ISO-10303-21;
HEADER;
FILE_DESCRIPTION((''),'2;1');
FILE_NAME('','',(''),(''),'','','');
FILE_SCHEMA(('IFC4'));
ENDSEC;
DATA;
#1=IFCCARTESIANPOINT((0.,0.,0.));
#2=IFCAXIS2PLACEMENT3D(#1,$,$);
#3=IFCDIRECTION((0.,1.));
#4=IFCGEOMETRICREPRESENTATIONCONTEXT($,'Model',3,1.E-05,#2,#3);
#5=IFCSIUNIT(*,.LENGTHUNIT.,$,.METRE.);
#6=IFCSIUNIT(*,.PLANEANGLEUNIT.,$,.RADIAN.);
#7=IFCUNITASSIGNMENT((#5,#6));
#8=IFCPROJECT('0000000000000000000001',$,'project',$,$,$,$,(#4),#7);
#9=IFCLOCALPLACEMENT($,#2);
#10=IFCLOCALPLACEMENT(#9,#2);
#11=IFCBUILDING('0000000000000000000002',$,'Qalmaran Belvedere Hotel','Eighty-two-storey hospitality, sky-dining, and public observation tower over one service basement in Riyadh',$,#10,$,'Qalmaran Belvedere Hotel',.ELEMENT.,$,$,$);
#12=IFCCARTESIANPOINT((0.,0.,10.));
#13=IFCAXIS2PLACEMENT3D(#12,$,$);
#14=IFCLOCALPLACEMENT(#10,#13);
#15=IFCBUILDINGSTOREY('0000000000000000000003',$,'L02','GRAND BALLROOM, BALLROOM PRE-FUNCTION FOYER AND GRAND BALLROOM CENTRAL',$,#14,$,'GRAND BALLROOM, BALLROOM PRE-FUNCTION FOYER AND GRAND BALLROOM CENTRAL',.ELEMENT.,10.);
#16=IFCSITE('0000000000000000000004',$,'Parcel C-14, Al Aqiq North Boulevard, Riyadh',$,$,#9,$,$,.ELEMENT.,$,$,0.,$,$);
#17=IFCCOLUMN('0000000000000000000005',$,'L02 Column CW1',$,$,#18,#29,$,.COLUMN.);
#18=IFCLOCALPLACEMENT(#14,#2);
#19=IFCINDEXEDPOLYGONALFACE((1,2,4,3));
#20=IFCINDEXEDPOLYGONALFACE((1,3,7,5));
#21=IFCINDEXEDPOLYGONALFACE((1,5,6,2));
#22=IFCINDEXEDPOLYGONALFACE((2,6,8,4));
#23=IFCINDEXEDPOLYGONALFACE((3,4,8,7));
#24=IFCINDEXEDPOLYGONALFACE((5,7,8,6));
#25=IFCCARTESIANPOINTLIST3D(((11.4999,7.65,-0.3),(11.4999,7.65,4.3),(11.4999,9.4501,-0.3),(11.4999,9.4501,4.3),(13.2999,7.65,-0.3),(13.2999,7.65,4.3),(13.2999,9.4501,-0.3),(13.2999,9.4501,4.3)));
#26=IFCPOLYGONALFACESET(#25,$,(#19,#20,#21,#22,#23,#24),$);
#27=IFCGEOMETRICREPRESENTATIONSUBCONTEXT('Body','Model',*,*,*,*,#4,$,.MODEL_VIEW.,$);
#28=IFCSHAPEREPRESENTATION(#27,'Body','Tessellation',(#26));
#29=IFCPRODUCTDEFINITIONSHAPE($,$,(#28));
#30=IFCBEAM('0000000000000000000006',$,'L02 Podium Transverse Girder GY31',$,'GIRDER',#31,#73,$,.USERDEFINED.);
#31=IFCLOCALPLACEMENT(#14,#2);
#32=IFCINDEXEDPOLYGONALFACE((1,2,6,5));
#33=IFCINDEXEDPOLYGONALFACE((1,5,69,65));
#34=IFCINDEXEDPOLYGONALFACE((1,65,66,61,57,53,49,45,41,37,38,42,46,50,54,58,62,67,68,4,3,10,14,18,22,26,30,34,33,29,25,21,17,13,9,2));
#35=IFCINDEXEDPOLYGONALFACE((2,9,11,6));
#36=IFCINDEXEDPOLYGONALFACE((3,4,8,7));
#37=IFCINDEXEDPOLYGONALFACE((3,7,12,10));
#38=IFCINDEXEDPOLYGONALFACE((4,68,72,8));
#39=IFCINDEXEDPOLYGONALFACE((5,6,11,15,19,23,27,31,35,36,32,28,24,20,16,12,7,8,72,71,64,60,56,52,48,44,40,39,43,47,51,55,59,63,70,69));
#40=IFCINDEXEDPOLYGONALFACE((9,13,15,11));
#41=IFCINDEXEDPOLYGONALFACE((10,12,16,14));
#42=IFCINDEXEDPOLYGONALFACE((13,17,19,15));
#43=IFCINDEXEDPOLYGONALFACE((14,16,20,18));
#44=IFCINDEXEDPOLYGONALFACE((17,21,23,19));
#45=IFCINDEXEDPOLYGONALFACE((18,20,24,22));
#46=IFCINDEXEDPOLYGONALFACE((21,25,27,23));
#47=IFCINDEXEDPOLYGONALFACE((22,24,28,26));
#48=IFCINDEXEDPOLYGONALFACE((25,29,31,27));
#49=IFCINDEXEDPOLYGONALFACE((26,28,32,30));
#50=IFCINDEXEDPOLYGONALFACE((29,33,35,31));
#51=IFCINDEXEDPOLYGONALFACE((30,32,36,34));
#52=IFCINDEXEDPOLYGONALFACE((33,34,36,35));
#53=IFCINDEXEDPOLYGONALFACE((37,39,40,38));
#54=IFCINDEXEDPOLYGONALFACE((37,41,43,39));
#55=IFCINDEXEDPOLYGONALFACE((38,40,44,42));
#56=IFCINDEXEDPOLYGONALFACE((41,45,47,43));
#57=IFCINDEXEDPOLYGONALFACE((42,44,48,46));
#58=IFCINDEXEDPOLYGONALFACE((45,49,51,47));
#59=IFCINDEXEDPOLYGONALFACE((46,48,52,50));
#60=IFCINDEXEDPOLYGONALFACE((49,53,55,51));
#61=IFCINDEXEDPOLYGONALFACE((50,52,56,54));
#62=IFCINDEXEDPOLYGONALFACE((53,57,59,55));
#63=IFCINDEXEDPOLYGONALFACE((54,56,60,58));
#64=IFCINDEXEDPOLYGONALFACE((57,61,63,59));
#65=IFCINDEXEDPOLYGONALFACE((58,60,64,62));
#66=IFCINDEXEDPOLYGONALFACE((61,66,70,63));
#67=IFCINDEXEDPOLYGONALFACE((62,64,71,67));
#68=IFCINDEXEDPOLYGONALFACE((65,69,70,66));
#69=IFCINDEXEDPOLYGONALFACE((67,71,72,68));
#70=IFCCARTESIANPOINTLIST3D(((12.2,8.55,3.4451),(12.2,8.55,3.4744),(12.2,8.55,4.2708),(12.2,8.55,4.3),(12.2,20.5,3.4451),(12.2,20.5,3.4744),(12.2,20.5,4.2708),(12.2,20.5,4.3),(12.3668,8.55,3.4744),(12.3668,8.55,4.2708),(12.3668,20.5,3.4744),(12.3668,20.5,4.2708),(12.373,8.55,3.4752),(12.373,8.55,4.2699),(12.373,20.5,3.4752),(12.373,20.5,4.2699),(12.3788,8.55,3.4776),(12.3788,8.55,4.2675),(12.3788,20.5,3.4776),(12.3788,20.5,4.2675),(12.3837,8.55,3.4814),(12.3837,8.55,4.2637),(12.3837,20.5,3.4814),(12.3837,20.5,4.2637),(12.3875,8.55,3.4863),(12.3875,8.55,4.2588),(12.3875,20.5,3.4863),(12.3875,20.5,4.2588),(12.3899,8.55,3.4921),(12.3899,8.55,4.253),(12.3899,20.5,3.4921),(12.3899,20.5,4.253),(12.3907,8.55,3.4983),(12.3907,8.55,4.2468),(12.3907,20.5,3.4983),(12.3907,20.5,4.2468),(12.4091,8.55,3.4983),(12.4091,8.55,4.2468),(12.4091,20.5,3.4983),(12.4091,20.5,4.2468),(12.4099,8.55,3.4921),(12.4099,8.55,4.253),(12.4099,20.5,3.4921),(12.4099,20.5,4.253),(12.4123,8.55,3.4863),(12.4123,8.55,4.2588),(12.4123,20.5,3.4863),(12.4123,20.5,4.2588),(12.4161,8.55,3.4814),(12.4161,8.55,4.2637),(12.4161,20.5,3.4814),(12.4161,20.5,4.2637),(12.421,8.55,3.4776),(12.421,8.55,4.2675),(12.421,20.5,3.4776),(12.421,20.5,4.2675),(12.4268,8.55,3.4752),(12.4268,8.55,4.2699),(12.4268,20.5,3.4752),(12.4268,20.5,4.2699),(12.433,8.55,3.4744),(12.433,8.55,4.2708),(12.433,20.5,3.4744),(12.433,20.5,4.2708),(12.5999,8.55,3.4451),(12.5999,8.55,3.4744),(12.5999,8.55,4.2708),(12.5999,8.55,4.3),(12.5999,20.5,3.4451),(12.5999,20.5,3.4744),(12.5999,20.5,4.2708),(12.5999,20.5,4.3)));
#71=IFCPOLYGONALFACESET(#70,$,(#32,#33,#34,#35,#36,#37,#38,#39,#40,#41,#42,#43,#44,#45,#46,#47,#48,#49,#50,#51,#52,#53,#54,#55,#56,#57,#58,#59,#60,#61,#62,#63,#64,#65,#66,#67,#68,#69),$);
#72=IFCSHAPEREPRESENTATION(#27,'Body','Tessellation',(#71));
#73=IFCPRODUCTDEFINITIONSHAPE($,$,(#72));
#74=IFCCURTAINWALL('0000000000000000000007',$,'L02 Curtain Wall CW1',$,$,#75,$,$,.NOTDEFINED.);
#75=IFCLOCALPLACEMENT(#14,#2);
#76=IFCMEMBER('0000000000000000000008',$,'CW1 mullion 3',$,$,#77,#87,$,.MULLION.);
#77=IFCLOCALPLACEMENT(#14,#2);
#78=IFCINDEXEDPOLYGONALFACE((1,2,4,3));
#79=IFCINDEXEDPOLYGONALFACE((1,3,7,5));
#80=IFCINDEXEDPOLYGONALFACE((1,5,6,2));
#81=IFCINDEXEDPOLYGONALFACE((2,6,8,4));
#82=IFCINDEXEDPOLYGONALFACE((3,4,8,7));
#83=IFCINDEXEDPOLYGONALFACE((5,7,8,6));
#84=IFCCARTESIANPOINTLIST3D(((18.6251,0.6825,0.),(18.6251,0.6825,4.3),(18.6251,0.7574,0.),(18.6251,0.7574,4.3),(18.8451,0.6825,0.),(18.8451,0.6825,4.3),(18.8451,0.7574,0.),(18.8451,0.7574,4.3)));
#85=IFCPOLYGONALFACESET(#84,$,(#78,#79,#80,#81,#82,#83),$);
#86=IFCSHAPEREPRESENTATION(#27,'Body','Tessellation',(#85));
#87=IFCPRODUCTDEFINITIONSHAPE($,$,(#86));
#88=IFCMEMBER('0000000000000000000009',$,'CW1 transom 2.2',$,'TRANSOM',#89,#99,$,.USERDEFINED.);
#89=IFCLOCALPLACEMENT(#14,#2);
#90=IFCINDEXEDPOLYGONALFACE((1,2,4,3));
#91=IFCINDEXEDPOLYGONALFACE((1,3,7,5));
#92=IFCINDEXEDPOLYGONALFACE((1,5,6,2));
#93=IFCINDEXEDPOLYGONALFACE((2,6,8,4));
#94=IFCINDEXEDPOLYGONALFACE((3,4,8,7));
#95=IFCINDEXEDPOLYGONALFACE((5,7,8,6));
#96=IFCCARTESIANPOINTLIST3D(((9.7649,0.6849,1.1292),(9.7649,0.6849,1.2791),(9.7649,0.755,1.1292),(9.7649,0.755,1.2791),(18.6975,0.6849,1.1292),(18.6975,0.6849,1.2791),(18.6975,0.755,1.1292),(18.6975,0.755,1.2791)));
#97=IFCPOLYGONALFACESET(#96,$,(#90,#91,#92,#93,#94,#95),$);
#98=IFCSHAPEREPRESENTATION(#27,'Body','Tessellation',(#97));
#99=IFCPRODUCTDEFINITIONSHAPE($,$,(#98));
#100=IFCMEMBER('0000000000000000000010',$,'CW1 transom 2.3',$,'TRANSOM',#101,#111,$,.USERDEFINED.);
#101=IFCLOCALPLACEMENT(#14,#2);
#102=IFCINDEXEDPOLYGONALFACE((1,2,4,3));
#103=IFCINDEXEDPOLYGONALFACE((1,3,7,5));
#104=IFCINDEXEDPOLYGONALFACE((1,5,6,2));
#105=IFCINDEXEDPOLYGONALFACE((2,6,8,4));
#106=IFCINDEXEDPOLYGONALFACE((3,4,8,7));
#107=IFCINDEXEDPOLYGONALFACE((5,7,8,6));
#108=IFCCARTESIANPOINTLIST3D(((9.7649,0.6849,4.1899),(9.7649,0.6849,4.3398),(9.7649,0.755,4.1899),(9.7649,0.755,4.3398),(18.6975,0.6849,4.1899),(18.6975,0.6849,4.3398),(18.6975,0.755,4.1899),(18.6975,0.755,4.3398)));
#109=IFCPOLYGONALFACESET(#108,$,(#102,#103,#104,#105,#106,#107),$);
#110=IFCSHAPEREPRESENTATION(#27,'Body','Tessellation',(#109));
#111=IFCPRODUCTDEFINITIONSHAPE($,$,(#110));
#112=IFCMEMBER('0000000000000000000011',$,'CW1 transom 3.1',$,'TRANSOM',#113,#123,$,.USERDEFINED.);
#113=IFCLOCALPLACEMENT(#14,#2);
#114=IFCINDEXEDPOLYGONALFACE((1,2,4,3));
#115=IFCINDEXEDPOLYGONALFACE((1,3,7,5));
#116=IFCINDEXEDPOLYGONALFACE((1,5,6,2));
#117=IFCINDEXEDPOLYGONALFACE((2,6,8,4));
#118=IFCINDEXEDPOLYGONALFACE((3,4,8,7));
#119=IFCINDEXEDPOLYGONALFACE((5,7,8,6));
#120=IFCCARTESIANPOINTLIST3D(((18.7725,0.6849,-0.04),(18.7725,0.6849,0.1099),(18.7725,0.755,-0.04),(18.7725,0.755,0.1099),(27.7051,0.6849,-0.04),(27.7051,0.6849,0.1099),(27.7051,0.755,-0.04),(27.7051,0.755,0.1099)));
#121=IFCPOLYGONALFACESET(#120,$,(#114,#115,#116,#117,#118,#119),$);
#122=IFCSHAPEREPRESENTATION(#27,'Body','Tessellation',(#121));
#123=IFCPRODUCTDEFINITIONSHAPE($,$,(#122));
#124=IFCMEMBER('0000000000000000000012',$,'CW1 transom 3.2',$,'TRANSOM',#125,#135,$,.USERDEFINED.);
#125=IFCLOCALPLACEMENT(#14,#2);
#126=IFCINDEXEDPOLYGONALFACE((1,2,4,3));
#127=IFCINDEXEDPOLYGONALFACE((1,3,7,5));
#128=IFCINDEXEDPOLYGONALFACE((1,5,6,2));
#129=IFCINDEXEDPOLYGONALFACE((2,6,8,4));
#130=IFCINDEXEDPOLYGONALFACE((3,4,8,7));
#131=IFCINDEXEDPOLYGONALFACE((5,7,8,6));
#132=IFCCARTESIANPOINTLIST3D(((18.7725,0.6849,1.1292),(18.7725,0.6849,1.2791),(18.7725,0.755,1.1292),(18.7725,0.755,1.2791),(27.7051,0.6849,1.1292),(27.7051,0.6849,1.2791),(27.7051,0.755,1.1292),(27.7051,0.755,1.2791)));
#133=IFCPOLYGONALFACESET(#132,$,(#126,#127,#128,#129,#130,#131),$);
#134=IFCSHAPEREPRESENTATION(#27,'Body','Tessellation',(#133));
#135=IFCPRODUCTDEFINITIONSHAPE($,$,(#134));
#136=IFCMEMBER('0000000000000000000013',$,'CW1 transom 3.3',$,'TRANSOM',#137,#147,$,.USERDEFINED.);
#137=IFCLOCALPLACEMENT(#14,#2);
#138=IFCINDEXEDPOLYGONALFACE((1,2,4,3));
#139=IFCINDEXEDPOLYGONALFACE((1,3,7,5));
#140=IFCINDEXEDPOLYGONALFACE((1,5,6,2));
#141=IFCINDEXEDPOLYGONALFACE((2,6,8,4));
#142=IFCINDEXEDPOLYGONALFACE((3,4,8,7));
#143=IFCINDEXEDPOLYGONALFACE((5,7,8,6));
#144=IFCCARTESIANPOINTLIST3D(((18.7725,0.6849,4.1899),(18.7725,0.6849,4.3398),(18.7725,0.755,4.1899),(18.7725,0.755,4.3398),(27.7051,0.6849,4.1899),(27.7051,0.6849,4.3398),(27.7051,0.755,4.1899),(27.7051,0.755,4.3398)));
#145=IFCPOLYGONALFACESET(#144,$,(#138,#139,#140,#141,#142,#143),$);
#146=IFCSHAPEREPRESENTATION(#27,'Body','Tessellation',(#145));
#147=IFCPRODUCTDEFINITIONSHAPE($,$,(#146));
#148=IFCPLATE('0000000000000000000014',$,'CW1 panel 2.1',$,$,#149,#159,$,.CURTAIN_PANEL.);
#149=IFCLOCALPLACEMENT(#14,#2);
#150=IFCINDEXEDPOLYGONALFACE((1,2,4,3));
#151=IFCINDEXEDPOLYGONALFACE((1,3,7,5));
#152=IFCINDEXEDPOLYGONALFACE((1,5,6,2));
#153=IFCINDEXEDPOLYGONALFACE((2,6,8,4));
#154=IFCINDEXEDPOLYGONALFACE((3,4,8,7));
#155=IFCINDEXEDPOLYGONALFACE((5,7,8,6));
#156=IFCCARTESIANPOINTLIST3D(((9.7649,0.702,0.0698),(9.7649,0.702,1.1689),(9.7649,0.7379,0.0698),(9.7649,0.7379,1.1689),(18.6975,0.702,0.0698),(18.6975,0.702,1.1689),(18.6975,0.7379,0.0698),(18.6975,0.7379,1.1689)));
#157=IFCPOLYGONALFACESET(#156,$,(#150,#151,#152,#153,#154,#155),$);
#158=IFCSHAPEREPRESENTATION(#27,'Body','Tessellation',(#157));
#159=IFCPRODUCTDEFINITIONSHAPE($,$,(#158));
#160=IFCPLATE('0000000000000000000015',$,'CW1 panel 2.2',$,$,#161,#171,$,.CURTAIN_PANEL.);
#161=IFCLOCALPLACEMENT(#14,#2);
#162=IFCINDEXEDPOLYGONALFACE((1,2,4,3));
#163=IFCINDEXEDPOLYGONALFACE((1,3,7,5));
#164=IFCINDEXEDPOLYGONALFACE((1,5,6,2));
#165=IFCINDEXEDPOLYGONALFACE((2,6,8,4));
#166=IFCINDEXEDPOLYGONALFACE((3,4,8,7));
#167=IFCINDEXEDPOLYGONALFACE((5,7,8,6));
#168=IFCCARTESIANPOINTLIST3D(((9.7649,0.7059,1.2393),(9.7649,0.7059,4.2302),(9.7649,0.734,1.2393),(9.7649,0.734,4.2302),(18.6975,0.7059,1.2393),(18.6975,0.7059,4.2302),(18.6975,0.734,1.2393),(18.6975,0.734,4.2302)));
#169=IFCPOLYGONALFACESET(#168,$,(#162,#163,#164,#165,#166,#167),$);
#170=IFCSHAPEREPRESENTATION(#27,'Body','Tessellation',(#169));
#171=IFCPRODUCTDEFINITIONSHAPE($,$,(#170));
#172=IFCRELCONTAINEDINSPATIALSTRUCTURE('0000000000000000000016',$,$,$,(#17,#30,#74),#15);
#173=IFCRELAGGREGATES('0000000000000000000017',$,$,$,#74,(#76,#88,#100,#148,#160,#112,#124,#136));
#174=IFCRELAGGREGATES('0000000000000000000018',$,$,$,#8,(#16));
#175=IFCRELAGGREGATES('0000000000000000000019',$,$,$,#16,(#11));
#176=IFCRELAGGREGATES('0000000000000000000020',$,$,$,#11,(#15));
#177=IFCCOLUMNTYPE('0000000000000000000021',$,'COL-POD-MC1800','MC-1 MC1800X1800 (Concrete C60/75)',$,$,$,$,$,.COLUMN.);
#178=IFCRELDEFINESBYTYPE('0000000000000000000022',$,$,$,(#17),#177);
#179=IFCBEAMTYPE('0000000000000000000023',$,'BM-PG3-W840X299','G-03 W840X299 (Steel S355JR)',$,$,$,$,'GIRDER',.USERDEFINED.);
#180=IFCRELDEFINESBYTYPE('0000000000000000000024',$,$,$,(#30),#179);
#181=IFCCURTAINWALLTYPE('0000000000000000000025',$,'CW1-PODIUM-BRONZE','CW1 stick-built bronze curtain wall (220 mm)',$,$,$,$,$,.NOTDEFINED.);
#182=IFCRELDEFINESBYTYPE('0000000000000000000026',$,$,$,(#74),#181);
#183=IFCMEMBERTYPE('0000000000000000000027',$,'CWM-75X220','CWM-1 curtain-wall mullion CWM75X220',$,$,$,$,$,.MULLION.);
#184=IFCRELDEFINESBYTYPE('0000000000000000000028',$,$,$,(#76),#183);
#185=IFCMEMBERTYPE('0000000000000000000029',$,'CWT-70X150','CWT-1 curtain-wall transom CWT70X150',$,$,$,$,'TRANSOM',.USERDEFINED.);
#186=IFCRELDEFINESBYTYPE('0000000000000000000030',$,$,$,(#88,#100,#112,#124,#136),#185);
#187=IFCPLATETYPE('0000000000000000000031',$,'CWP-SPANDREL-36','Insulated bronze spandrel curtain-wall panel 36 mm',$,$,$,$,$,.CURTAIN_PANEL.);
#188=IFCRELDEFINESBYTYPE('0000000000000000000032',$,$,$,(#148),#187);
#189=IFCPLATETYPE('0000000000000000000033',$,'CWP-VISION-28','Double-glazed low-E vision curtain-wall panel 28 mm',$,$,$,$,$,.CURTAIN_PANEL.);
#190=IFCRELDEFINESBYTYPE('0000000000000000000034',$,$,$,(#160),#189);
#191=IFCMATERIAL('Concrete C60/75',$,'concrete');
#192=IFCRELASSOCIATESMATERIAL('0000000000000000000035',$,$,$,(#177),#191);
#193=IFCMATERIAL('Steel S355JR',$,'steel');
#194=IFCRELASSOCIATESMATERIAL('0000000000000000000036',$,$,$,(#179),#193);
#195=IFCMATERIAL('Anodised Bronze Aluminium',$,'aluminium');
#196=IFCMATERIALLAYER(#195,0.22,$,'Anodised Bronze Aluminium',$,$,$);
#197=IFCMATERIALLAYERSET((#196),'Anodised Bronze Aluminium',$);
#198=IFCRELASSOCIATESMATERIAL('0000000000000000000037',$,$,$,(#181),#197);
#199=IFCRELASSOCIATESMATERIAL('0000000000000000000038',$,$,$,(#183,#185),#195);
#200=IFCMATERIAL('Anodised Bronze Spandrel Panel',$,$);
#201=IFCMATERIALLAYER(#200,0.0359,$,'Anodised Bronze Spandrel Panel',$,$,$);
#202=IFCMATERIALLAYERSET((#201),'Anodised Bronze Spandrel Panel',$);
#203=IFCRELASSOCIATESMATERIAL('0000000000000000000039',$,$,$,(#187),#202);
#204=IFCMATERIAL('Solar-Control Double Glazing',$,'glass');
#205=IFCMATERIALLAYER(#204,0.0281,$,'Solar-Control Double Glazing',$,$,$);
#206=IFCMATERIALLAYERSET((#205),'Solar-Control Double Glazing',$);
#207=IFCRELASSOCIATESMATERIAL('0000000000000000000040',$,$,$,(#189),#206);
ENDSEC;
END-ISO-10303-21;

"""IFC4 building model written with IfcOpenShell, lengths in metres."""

from ifc_helpers import new_model, si_unit, direction, frame, origin, origin_2d, place, context, subcontext, project, spatial, rectangle, i_section, extrude, material, layer, layer_set, material_profile, profile_set, type_object, element, aggregate, save


model = new_model("IFC4")

# Units and contexts
model_context = context("Model", 3, precision=1e-05, world=origin(), true_north=direction((0.0, 1.0)))
body_context = subcontext(model_context, "Body", "Model", "MODEL_VIEW")
ifc_project = project(units=[si_unit("LENGTHUNIT", "METRE"), si_unit("PLANEANGLEUNIT", "RADIAN")], contexts=[model_context])

# Site, building, storey
site_placement = place(None, origin())
site = spatial("IfcSite", under=ifc_project, at=site_placement, Name="Parcel C-14, Al Aqiq North Boulevard, Riyadh", CompositionType="ELEMENT", RefElevation=0.0)
building_placement = place(site_placement, origin())
building = spatial("IfcBuilding", under=site, at=building_placement, Name="Qalmaran Belvedere Hotel", Description="Eighty-two-storey hospitality, sky-dining, and public observation tower over one service basement in Riyadh", LongName="Qalmaran Belvedere Hotel", CompositionType="ELEMENT")
storey_placement = place(building_placement, frame((0.0, 0.0, 10.0)))
storey = spatial("IfcBuildingStorey", under=building, at=storey_placement, Name="L02", Description="GRAND BALLROOM, BALLROOM PRE-FUNCTION FOYER AND GRAND BALLROOM CENTRAL", LongName="GRAND BALLROOM, BALLROOM PRE-FUNCTION FOYER AND GRAND BALLROOM CENTRAL", CompositionType="ELEMENT", Elevation=10.0)

# Column
ifc_material_1 = material(Name="Concrete C60/75", Category="concrete")
ifc_material_profile_1 = material_profile(ifc_material_1, rectangle(XDim=1.8, YDim=1.8, at=origin_2d()), Name="MC1800X1800")
ifc_profile_set_1 = profile_set([ifc_material_profile_1], Name="Concrete C60/75")
column_type = type_object("IfcColumnType", Name="COL-POD-MC1800", Description="MC-1 MC1800X1800 (Concrete C60/75)", PredefinedType="COLUMN", material=ifc_profile_set_1)
column_placement = place(storey_placement, frame((12.3999, 8.55, -0.3), z_axis=(0.0, 0.0, 1.0), x_axis=(1.0, 0.0, 0.0)))
element("IfcColumn", 1, at=column_placement, inside=storey, type_object=column_type, Name="L02 Column CW1", PredefinedType="COLUMN", context=body_context, shape_type="SweptSolid", body=[
    extrude(rectangle(XDim=1.8, YDim=1.8, at=origin_2d()), origin(), (0.0, 0.0, 1.0), 4.6001),
])

# Beam
ifc_material_2 = material(Name="Steel S355JR", Category="steel")
ifc_material_profile_2 = material_profile(ifc_material_2, i_section(OverallWidth=0.3999, OverallDepth=0.855, WebThickness=0.0183, FlangeThickness=0.0293, FilletRadius=0.0239, at=origin_2d()), Name="W840X299")
ifc_profile_set_2 = profile_set([ifc_material_profile_2], Name="Steel S355JR")
beam_type = type_object("IfcBeamType", Name="BM-PG3-W840X299", Description="G-03 W840X299 (Steel S355JR)", ElementType="GIRDER", PredefinedType="USERDEFINED", material=ifc_profile_set_2)
beam_placement = place(storey_placement, frame((12.3999, 8.55, 3.8726), z_axis=(0.0, 1.0, 0.0), x_axis=(-1.0, 0.0, 0.0)))
element("IfcBeam", 2, at=beam_placement, inside=storey, type_object=beam_type, Name="L02 Podium Transverse Girder GY31", ObjectType="GIRDER", PredefinedType="USERDEFINED", context=body_context, shape_type="SweptSolid", body=[
    extrude(i_section(OverallWidth=0.3999, OverallDepth=0.855, WebThickness=0.0183, FlangeThickness=0.0293, FilletRadius=0.0239, at=origin_2d()), origin(), (0.0, 0.0, 1.0), 11.95),
])

# Curtain wall, members, plates
ifc_material_3 = material(Name="Anodised Bronze Aluminium", Category="aluminium")
ifc_layer_1 = layer(ifc_material_3, 0.22, Name="Anodised Bronze Aluminium")
ifc_layer_set_1 = layer_set([ifc_layer_1], Name="Anodised Bronze Aluminium")
curtain_wall_type = type_object("IfcCurtainWallType", Name="CW1-PODIUM-BRONZE", Description="CW1 stick-built bronze curtain wall (220 mm)", PredefinedType="NOTDEFINED", material=ifc_layer_set_1)
curtain_wall_placement = place(storey_placement, origin())
curtain_wall = element("IfcCurtainWall", 3, at=curtain_wall_placement, inside=storey, type_object=curtain_wall_type, Name="L02 Curtain Wall CW1", PredefinedType="NOTDEFINED")
ifc_material_profile_3 = material_profile(ifc_material_3, rectangle(XDim=0.075, YDim=0.22, at=origin_2d()), Name="CWM75X220")
ifc_profile_set_3 = profile_set([ifc_material_profile_3], Name="Anodised Bronze Aluminium")
member_type_1 = type_object("IfcMemberType", Name="CWM-75X220", Description="CWM-1 curtain-wall mullion CWM75X220", PredefinedType="MULLION", material=ifc_profile_set_3)
member_1_placement = place(storey_placement, frame((18.7351, 0.72, 0.0), z_axis=(0.0, 0.0, 1.0), x_axis=(0.0, 1.0, 0.0)))
member_1 = element("IfcMember", 4, at=member_1_placement, type_object=member_type_1, Name="CW1 mullion 3", PredefinedType="MULLION", context=body_context, shape_type="SweptSolid", body=[
    extrude(rectangle(XDim=0.075, YDim=0.22, at=origin_2d()), origin(), (0.0, 0.0, 1.0), 4.3),
])
ifc_material_profile_4 = material_profile(ifc_material_3, rectangle(XDim=0.0701, YDim=0.1499, at=origin_2d()), Name="CWT70X150")
ifc_profile_set_4 = profile_set([ifc_material_profile_4], Name="Anodised Bronze Aluminium")
member_type_2 = type_object("IfcMemberType", Name="CWT-70X150", Description="CWT-1 curtain-wall transom CWT70X150", ElementType="TRANSOM", PredefinedType="USERDEFINED", material=ifc_profile_set_4)
member_2_placement = place(storey_placement, frame((9.7649, 0.72, 1.2041), z_axis=(1.0, 0.0, 0.0), x_axis=(0.0, 1.0, 0.0)))
member_2 = element("IfcMember", 5, at=member_2_placement, type_object=member_type_2, Name="CW1 transom 2.2", ObjectType="TRANSOM", PredefinedType="USERDEFINED", context=body_context, shape_type="SweptSolid", body=[
    extrude(rectangle(XDim=0.0701, YDim=0.1499, at=origin_2d()), origin(), (0.0, 0.0, 1.0), 8.9326),
])
member_3_placement = place(storey_placement, frame((9.7649, 0.72, 4.2649), z_axis=(1.0, 0.0, 0.0), x_axis=(0.0, 1.0, 0.0)))
member_3 = element("IfcMember", 6, at=member_3_placement, type_object=member_type_2, Name="CW1 transom 2.3", ObjectType="TRANSOM", PredefinedType="USERDEFINED", context=body_context, shape_type="SweptSolid", body=[
    extrude(rectangle(XDim=0.0701, YDim=0.1499, at=origin_2d()), origin(), (0.0, 0.0, 1.0), 8.9326),
])
member_4_placement = place(storey_placement, frame((18.7725, 0.72, 0.0349), z_axis=(1.0, 0.0, 0.0), x_axis=(0.0, 1.0, 0.0)))
member_4 = element("IfcMember", 7, at=member_4_placement, type_object=member_type_2, Name="CW1 transom 3.1", ObjectType="TRANSOM", PredefinedType="USERDEFINED", context=body_context, shape_type="SweptSolid", body=[
    extrude(rectangle(XDim=0.0701, YDim=0.1499, at=origin_2d()), origin(), (0.0, 0.0, 1.0), 8.9326),
])
member_5_placement = place(storey_placement, frame((18.7725, 0.72, 1.2041), z_axis=(1.0, 0.0, 0.0), x_axis=(0.0, 1.0, 0.0)))
member_5 = element("IfcMember", 8, at=member_5_placement, type_object=member_type_2, Name="CW1 transom 3.2", ObjectType="TRANSOM", PredefinedType="USERDEFINED", context=body_context, shape_type="SweptSolid", body=[
    extrude(rectangle(XDim=0.0701, YDim=0.1499, at=origin_2d()), origin(), (0.0, 0.0, 1.0), 8.9326),
])
member_6_placement = place(storey_placement, frame((18.7725, 0.72, 4.2649), z_axis=(1.0, 0.0, 0.0), x_axis=(0.0, 1.0, 0.0)))
member_6 = element("IfcMember", 9, at=member_6_placement, type_object=member_type_2, Name="CW1 transom 3.3", ObjectType="TRANSOM", PredefinedType="USERDEFINED", context=body_context, shape_type="SweptSolid", body=[
    extrude(rectangle(XDim=0.0701, YDim=0.1499, at=origin_2d()), origin(), (0.0, 0.0, 1.0), 8.9326),
])
ifc_material_4 = material(Name="Anodised Bronze Spandrel Panel")
ifc_layer_2 = layer(ifc_material_4, 0.0359, Name="Anodised Bronze Spandrel Panel")
ifc_layer_set_2 = layer_set([ifc_layer_2], Name="Anodised Bronze Spandrel Panel")
plate_type_1 = type_object("IfcPlateType", Name="CWP-SPANDREL-36", Description="Insulated bronze spandrel curtain-wall panel 36 mm", PredefinedType="CURTAIN_PANEL", material=ifc_layer_set_2)
plate_1_placement = place(storey_placement, frame((14.2312, 0.72, 0.0698), z_axis=(0.0, 0.0, 1.0), x_axis=(1.0, 0.0, 0.0)))
plate_1 = element("IfcPlate", 10, at=plate_1_placement, type_object=plate_type_1, Name="CW1 panel 2.1", PredefinedType="CURTAIN_PANEL", context=body_context, shape_type="SweptSolid", body=[
    extrude(rectangle(XDim=8.9326, YDim=0.0359, at=origin_2d()), origin(), (0.0, 0.0, 1.0), 1.0991),
])
ifc_material_5 = material(Name="Solar-Control Double Glazing", Category="glass")
ifc_layer_3 = layer(ifc_material_5, 0.0281, Name="Solar-Control Double Glazing")
ifc_layer_set_3 = layer_set([ifc_layer_3], Name="Solar-Control Double Glazing")
plate_type_2 = type_object("IfcPlateType", Name="CWP-VISION-28", Description="Double-glazed low-E vision curtain-wall panel 28 mm", PredefinedType="CURTAIN_PANEL", material=ifc_layer_set_3)
plate_2_placement = place(storey_placement, frame((14.2312, 0.72, 1.2393), z_axis=(0.0, 0.0, 1.0), x_axis=(1.0, 0.0, 0.0)))
plate_2 = element("IfcPlate", 11, at=plate_2_placement, type_object=plate_type_2, Name="CW1 panel 2.2", PredefinedType="CURTAIN_PANEL", context=body_context, shape_type="SweptSolid", body=[
    extrude(rectangle(XDim=8.9326, YDim=0.0281, at=origin_2d()), origin(), (0.0, 0.0, 1.0), 2.991),
])
aggregate(curtain_wall, [member_1, member_2, member_3, plate_1, plate_2, member_4, member_5, member_6])

save(model, "model.ifc")
